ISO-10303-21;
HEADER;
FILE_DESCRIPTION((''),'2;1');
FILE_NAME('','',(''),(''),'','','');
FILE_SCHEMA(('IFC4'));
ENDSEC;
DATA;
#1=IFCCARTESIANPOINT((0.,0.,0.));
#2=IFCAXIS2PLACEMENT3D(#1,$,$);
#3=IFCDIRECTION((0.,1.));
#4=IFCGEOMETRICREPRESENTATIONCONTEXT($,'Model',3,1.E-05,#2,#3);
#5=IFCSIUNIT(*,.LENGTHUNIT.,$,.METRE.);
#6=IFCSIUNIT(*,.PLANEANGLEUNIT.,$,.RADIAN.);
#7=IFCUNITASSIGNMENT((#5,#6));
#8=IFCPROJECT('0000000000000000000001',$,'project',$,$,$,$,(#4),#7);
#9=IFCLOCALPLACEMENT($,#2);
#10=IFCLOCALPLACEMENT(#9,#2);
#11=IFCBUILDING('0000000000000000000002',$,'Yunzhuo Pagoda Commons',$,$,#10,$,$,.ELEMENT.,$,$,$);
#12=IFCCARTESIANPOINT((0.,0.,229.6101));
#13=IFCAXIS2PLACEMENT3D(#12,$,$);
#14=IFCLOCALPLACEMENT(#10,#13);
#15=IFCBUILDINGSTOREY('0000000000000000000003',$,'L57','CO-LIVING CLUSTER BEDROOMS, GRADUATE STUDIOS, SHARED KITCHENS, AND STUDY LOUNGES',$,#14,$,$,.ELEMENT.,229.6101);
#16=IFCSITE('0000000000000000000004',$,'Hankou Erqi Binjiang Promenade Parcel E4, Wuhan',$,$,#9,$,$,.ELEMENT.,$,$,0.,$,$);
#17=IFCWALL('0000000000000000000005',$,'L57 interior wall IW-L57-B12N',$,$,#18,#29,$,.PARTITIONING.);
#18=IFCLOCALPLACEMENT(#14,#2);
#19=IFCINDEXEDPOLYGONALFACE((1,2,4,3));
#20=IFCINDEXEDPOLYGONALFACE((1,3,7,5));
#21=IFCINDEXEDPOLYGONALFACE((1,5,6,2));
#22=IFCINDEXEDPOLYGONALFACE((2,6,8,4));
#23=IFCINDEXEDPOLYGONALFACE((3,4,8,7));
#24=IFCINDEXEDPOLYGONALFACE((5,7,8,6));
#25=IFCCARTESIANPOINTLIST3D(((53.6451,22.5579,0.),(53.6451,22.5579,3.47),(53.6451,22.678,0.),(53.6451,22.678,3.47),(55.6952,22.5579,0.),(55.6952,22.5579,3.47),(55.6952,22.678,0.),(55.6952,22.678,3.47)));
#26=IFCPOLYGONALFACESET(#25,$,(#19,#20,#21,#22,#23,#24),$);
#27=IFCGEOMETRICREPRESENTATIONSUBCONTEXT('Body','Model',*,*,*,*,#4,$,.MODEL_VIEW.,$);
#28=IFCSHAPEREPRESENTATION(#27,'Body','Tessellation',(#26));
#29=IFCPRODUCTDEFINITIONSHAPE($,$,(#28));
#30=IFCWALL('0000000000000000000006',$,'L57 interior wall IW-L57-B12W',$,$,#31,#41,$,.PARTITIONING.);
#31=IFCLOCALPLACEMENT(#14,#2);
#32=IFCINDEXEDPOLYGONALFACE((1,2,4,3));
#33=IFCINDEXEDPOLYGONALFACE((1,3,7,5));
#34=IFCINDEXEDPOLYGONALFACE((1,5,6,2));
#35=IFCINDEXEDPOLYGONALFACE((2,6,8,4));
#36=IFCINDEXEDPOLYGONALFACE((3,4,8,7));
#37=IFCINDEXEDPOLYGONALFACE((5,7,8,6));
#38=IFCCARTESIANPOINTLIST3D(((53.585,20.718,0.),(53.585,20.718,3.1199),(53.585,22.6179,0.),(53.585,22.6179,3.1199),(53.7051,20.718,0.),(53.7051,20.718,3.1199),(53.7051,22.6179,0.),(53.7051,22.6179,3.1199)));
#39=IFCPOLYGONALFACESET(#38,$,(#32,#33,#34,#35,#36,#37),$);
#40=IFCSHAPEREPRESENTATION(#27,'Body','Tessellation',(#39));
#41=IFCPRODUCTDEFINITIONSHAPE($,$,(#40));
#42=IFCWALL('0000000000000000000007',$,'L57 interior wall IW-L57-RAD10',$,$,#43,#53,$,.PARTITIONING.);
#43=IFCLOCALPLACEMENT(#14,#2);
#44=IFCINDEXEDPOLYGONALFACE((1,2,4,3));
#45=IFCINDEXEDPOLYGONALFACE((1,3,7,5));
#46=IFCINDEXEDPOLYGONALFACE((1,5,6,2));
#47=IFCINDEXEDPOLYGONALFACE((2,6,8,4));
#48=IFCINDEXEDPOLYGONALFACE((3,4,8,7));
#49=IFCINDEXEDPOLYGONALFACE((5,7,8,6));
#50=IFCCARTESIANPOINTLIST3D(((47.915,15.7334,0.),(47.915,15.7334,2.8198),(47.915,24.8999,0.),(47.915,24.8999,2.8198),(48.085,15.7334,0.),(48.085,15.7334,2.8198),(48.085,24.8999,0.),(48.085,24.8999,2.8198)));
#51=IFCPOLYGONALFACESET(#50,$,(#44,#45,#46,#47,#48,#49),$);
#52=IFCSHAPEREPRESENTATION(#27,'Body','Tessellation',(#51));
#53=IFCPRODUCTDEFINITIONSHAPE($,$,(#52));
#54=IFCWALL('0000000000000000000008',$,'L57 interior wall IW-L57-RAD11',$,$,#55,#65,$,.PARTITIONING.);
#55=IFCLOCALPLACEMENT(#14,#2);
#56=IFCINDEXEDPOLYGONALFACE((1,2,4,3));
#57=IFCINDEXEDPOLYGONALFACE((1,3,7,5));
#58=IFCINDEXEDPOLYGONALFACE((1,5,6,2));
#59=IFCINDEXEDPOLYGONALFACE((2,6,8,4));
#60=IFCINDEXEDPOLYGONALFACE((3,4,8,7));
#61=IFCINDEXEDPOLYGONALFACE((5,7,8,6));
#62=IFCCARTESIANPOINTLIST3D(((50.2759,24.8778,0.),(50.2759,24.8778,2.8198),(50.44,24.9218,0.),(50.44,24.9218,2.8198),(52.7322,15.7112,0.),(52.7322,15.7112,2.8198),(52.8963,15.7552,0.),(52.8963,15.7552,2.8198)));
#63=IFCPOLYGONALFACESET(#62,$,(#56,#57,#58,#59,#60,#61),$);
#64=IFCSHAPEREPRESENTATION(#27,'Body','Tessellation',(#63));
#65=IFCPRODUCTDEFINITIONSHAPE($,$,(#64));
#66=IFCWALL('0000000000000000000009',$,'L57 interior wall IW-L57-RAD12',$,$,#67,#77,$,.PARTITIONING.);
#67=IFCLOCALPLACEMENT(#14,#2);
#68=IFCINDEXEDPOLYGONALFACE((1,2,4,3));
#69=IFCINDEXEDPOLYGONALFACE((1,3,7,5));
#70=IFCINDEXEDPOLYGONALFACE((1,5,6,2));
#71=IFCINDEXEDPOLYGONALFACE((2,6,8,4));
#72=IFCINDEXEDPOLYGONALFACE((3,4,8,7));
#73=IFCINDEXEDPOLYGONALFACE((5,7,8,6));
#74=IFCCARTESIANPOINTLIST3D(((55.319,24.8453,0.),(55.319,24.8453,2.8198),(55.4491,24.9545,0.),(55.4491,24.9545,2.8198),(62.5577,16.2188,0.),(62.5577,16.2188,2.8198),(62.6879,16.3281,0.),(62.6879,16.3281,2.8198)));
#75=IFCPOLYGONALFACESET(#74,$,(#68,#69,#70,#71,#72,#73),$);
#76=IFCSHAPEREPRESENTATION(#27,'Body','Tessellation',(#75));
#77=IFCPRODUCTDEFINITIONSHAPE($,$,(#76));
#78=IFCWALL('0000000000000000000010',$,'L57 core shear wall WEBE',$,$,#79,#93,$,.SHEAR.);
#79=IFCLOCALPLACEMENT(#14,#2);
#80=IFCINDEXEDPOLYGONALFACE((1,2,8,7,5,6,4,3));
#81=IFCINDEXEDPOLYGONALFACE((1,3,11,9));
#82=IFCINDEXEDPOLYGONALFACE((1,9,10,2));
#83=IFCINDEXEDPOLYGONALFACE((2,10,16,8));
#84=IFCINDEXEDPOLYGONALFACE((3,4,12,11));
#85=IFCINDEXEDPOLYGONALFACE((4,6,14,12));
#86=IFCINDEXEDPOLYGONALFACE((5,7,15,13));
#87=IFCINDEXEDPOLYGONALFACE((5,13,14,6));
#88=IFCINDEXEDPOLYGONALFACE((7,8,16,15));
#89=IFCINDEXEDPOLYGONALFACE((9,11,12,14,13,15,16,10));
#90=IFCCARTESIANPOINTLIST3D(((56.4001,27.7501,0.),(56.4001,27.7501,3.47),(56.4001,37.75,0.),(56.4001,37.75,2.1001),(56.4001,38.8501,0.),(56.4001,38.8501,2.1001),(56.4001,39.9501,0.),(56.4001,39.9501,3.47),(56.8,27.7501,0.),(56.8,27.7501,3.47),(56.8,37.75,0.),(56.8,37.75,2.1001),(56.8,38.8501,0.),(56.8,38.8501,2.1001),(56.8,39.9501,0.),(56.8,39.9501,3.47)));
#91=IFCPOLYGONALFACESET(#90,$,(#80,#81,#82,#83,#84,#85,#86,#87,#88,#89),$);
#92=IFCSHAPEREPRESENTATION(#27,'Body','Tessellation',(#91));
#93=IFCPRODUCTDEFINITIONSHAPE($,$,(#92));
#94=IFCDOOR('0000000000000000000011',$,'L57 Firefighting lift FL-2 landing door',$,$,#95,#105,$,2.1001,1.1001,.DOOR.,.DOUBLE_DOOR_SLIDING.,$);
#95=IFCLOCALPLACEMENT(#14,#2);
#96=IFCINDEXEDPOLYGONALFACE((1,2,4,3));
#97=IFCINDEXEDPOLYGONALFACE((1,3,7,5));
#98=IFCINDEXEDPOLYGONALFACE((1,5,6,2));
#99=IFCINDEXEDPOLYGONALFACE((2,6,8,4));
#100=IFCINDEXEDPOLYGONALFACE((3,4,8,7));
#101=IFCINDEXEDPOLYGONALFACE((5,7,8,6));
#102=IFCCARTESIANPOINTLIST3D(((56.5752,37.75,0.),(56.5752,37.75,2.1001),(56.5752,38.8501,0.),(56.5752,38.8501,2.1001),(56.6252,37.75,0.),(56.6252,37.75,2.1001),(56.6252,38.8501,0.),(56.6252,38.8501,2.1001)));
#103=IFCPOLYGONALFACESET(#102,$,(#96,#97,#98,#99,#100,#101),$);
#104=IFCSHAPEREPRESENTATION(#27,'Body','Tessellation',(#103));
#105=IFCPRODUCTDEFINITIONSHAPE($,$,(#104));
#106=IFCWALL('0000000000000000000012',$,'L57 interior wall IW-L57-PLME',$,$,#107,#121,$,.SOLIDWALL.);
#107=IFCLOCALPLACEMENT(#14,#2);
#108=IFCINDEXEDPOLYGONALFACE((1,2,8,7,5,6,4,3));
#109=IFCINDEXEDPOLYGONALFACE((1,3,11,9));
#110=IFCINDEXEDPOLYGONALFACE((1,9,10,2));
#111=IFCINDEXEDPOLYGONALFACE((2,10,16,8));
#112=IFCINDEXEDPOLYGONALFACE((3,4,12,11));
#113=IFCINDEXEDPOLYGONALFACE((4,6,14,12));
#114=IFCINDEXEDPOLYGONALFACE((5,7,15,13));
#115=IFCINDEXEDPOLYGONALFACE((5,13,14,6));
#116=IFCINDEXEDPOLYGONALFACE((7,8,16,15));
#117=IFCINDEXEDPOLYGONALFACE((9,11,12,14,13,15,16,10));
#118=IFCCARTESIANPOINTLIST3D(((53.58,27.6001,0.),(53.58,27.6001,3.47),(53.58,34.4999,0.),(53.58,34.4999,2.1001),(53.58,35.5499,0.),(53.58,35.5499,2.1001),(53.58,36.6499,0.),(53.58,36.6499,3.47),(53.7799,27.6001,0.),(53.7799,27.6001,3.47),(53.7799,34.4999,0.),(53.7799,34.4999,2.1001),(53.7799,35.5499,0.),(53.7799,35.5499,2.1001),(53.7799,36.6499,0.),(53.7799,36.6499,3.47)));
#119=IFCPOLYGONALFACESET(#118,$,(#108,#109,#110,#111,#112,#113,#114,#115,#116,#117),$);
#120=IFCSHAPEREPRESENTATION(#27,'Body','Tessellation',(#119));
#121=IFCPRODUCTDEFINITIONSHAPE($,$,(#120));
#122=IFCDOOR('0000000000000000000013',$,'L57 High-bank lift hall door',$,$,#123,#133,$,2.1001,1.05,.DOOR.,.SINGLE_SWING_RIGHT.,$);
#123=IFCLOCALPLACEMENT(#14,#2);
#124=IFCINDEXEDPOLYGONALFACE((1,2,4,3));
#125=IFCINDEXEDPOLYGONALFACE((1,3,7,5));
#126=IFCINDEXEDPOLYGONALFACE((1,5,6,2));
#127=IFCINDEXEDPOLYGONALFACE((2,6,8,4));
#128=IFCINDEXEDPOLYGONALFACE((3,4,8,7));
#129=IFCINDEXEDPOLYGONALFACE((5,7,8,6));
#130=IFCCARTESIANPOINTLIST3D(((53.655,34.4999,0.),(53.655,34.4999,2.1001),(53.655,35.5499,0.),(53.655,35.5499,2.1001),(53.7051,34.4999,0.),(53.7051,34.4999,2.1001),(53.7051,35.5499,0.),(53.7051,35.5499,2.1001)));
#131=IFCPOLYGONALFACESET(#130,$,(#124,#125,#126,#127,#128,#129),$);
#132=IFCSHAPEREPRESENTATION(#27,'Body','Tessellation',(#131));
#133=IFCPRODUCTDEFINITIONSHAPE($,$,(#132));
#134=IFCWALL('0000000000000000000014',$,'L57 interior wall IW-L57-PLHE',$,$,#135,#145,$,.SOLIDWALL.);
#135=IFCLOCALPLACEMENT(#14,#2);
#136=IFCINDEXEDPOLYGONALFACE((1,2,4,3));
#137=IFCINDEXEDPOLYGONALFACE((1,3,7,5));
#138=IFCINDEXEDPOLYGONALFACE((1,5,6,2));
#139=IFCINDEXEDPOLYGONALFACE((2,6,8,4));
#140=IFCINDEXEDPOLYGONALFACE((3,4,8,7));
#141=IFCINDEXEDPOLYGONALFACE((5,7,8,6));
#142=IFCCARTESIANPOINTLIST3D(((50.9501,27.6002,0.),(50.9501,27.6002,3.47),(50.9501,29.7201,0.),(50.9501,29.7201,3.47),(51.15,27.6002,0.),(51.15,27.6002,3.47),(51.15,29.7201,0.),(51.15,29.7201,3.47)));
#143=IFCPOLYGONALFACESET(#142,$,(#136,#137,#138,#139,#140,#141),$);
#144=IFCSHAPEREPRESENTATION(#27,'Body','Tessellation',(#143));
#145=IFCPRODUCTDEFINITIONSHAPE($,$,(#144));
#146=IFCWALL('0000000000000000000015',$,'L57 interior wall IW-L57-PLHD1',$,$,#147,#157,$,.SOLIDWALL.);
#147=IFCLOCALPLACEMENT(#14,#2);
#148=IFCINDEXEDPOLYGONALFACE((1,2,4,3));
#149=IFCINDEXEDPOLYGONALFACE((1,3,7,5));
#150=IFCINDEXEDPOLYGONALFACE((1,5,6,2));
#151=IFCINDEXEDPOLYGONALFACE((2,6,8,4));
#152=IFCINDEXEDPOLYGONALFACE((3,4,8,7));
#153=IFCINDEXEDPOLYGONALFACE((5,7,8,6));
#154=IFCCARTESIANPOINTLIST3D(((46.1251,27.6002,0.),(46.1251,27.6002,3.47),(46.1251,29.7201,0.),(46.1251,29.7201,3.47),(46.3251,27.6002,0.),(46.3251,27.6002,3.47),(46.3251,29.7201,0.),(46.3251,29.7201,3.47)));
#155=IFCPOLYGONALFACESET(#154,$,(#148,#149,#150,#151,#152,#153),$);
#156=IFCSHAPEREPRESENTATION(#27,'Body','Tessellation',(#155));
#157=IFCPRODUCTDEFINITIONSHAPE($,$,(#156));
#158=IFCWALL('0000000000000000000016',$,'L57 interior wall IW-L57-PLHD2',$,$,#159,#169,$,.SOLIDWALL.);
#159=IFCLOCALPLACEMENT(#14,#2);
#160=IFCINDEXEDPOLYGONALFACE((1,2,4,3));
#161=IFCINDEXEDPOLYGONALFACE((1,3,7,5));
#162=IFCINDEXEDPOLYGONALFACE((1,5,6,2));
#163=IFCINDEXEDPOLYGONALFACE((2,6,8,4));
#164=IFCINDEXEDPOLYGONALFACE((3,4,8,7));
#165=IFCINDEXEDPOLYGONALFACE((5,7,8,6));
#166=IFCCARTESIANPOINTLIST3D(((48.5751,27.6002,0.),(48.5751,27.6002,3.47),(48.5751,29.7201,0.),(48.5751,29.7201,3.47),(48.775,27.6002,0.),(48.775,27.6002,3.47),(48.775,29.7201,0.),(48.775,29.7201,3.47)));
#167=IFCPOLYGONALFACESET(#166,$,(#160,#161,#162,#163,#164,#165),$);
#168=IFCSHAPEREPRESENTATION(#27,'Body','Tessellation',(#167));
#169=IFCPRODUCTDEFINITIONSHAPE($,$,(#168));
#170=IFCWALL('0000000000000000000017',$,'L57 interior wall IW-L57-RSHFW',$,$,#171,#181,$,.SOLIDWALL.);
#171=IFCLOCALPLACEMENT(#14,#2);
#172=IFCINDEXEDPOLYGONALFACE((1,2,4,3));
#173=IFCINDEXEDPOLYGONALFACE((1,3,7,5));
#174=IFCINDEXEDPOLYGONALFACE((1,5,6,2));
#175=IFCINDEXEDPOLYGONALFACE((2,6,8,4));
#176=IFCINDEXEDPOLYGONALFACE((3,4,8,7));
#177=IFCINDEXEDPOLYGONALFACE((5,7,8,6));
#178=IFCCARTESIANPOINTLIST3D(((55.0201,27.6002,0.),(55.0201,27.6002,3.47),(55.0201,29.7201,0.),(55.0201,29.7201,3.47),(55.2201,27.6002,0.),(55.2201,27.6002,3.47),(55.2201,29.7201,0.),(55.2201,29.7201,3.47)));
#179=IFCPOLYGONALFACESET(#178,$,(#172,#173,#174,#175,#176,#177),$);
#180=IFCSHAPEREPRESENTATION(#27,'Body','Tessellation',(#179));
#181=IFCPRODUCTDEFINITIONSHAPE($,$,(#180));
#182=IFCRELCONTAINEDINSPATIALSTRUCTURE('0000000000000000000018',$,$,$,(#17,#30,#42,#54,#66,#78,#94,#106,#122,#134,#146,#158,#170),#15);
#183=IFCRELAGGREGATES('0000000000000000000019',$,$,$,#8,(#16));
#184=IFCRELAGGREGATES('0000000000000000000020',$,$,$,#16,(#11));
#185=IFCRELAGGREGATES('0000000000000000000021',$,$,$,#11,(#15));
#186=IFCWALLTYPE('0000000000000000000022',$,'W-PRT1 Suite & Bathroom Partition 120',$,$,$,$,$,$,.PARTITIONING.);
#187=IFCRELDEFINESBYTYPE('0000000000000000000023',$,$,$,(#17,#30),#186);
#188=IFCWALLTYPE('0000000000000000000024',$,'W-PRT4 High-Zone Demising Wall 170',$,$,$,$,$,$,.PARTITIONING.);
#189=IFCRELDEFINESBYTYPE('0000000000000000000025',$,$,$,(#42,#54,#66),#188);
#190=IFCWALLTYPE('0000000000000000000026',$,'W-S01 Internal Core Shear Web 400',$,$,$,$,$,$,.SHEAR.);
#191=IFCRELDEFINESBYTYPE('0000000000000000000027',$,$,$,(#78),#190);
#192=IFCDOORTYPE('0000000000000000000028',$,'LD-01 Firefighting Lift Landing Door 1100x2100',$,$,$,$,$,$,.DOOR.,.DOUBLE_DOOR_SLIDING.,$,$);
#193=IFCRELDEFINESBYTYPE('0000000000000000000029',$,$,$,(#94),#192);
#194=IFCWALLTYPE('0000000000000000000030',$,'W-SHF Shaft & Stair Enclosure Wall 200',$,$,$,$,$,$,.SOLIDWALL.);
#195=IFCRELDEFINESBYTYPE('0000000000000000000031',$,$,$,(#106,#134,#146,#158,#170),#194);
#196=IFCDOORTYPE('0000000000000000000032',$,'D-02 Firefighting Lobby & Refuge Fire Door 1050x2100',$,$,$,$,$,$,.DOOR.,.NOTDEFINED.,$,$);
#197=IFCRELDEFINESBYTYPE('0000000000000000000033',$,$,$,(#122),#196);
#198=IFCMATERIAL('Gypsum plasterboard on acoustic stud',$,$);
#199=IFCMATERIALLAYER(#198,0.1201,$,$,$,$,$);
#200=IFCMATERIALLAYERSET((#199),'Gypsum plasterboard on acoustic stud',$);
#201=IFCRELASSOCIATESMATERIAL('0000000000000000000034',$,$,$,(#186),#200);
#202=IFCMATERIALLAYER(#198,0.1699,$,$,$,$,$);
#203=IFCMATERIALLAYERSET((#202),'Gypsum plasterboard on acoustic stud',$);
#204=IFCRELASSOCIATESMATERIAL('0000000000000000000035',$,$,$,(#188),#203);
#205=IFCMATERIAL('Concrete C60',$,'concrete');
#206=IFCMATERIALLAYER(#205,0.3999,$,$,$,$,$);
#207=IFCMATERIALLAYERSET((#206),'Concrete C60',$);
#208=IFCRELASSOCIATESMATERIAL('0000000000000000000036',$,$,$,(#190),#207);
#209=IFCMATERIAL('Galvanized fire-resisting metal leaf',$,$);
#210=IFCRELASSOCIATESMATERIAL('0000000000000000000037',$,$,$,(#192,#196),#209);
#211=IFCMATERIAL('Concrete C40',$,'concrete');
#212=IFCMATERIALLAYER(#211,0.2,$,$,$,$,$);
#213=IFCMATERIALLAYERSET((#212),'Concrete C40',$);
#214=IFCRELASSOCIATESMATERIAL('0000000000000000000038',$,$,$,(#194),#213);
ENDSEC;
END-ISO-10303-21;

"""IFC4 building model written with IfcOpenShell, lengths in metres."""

from ifc_helpers import new_model, si_unit, direction, frame, frame_2d, origin, origin_with_axes, place, context, subcontext, project, spatial, rectangle, extrude, source, transform, mapped, material, layer, layer_set, type_object, element, fill, save


model = new_model("IFC4")

# Units and contexts
model_context = context("Model", 3, precision=1e-05, world=origin(), true_north=direction((0.0, 1.0)))
body_context = subcontext(model_context, "Body", "Model", "MODEL_VIEW")
ifc_project = project(units=[si_unit("LENGTHUNIT", "METRE"), si_unit("PLANEANGLEUNIT", "RADIAN")], contexts=[model_context])

# Site, building, storey
site_placement = place(None, origin())
site = spatial("IfcSite", under=ifc_project, at=site_placement, Name="Hankou Erqi Binjiang Promenade Parcel E4, Wuhan", CompositionType="ELEMENT", RefElevation=0.0)
building_placement = place(site_placement, origin())
building = spatial("IfcBuilding", under=site, at=building_placement, Name="Yunzhuo Pagoda Commons", CompositionType="ELEMENT")
storey_placement = place(building_placement, frame((0.0, 0.0, 229.6101)))
storey = spatial("IfcBuildingStorey", under=building, at=storey_placement, Name="L57", Description="CO-LIVING CLUSTER BEDROOMS, GRADUATE STUDIOS, SHARED KITCHENS, AND STUDY LOUNGES", CompositionType="ELEMENT", Elevation=229.6101)

# Shared definitions
ifc_material_1 = material(Name="Gypsum plasterboard on acoustic stud")

# Shared definitions
ifc_material_2 = material(Name="Galvanized fire-resisting metal leaf")

# Walls
ifc_layer_1 = layer(ifc_material_1, 0.1201)
ifc_layer_set_1 = layer_set([ifc_layer_1], Name="Gypsum plasterboard on acoustic stud")
wall_type_1 = type_object("IfcWallType", Name="W-PRT1 Suite & Bathroom Partition 120", PredefinedType="PARTITIONING", material=ifc_layer_set_1)
wall_1_placement = place(storey_placement, frame((55.6951, 22.6179, 0.0), z_axis=(0.0, 0.0, 1.0), x_axis=(-1.0, 0.0, 0.0)))
element("IfcWall", 1, at=wall_1_placement, inside=storey, type_object=wall_type_1, Name="L57 interior wall IW-L57-B12N", PredefinedType="PARTITIONING", context=body_context, shape_type="SweptSolid", body=[
    extrude(rectangle(XDim=2.05, YDim=0.1201, at=frame_2d((1.0249, 0.0))), origin(), (0.0, 0.0, 1.0), 3.47),
])
wall_2_placement = place(storey_placement, frame((53.645, 22.6179, 0.0), z_axis=(0.0, 0.0, 1.0), x_axis=(0.0, -1.0, 0.0)))
element("IfcWall", 2, at=wall_2_placement, inside=storey, type_object=wall_type_1, Name="L57 interior wall IW-L57-B12W", PredefinedType="PARTITIONING", context=body_context, shape_type="SweptSolid", body=[
    extrude(rectangle(XDim=1.8999, YDim=0.1201, at=frame_2d((0.95, 0.0))), origin(), (0.0, 0.0, 1.0), 3.1199),
])
ifc_layer_2 = layer(ifc_material_1, 0.1699)
ifc_layer_set_2 = layer_set([ifc_layer_2], Name="Gypsum plasterboard on acoustic stud")
wall_type_2 = type_object("IfcWallType", Name="W-PRT4 High-Zone Demising Wall 170", PredefinedType="PARTITIONING", material=ifc_layer_set_2)
wall_3_placement = place(storey_placement, frame((48.0, 24.8999, 0.0), z_axis=(0.0, 0.0, 1.0), x_axis=(0.0, -1.0, 0.0)))
element("IfcWall", 3, at=wall_3_placement, inside=storey, type_object=wall_type_2, Name="L57 interior wall IW-L57-RAD10", PredefinedType="PARTITIONING", context=body_context, shape_type="SweptSolid", body=[
    extrude(rectangle(XDim=9.1665, YDim=0.1699, at=frame_2d((4.5833, 0.0))), origin(), (0.0, 0.0, 1.0), 2.8198),
])
wall_4_placement = place(storey_placement, frame((50.3579, 24.8999, 0.0), z_axis=(0.0, 0.0, 1.0), x_axis=(0.258833, -0.965922, 0.0)))
element("IfcWall", 4, at=wall_4_placement, inside=storey, type_object=wall_type_2, Name="L57 interior wall IW-L57-RAD11", PredefinedType="PARTITIONING", context=body_context, shape_type="SweptSolid", body=[
    extrude(rectangle(XDim=9.49, YDim=0.1699, at=frame_2d((4.7451, 0.0))), origin(), (0.0, 0.0, 1.0), 2.8198),
])
wall_5_placement = place(storey_placement, frame((55.384, 24.8999, 0.0), z_axis=(0.0, 0.0, 1.0), x_axis=(0.642804, -0.766031, 0.0)))
element("IfcWall", 5, at=wall_5_placement, inside=storey, type_object=wall_type_2, Name="L57 interior wall IW-L57-RAD12", PredefinedType="PARTITIONING", context=body_context, shape_type="SweptSolid", body=[
    extrude(rectangle(XDim=11.2612, YDim=0.1699, at=frame_2d((5.6306, 0.0))), origin(), (0.0, 0.0, 1.0), 2.8198),
])

# Walls, openings, doors
ifc_material_3 = material(Name="Concrete C60", Category="concrete")
ifc_layer_3 = layer(ifc_material_3, 0.3999)
ifc_layer_set_3 = layer_set([ifc_layer_3], Name="Concrete C60")
wall_type_3 = type_object("IfcWallType", Name="W-S01 Internal Core Shear Web 400", PredefinedType="SHEAR", material=ifc_layer_set_3)
wall_6_placement = place(storey_placement, frame((56.6001, 27.75, 0.0), z_axis=(0.0, 0.0, 1.0), x_axis=(0.0, 1.0, 0.0)))
wall_6 = element("IfcWall", 6, at=wall_6_placement, inside=storey, type_object=wall_type_3, Name="L57 core shear wall WEBE", PredefinedType="SHEAR", context=body_context, shape_type="SweptSolid", body=[
    extrude(rectangle(XDim=12.2, YDim=0.3999, at=frame_2d((6.1001, 0.0))), origin(), (0.0, 0.0, 1.0), 3.47),
])
opening_1_placement = place(wall_6_placement, frame((10.0, 0.0, 0.0)))
opening_1 = element("IfcOpeningElement", 7, at=opening_1_placement, cuts=wall_6, PredefinedType="OPENING", context=body_context, shape_type="SweptSolid", body=[
    extrude(rectangle(XDim=1.1001, YDim=2.1001, at=frame_2d((0.55, 1.05))), frame((0.0, 0.21, 0.0), z_axis=(0.0, -1.0, 0.0), x_axis=(1.0, 0.0, 0.0)), (0.0, 0.0, 1.0), 0.4199),
])
door_type_1 = type_object("IfcDoorType", Name="LD-01 Firefighting Lift Landing Door 1100x2100", OperationType="DOUBLE_DOOR_SLIDING", PredefinedType="DOOR", material=ifc_material_2)
shared_shape_1 = source(origin(), body_context, "Body", "SweptSolid", [
    extrude(rectangle(XDim=1.1001, YDim=2.1001, at=frame_2d((0.55, 1.05))), frame((0.0, 0.0249, 0.0), z_axis=(0.0, -1.0, 0.0), x_axis=(1.0, 0.0, 0.0)), (0.0, 0.0, 1.0), 0.05),
])
door_1_placement = place(opening_1_placement, origin_with_axes())
door_1 = element("IfcDoor", 8, at=door_1_placement, inside=storey, type_object=door_type_1, Name="L57 Firefighting lift FL-2 landing door", OperationType="DOUBLE_DOOR_SLIDING", OverallHeight=2.1001, OverallWidth=1.1001, PredefinedType="DOOR", context=body_context, shape_type="MappedRepresentation", body=[
    mapped(shared_shape_1, transform((0.0, 0.0, 0.0), scale=1.0)),
])
fill(opening_1, door_1)
ifc_material_4 = material(Name="Concrete C40", Category="concrete")
ifc_layer_4 = layer(ifc_material_4, 0.2)
ifc_layer_set_4 = layer_set([ifc_layer_4], Name="Concrete C40")
wall_type_4 = type_object("IfcWallType", Name="W-SHF Shaft & Stair Enclosure Wall 200", PredefinedType="SOLIDWALL", material=ifc_layer_set_4)
wall_7_placement = place(storey_placement, frame((53.6799, 27.6001, 0.0), z_axis=(0.0, 0.0, 1.0), x_axis=(0.0, 1.0, 0.0)))
wall_7 = element("IfcWall", 9, at=wall_7_placement, inside=storey, type_object=wall_type_4, Name="L57 interior wall IW-L57-PLME", PredefinedType="SOLIDWALL", context=body_context, shape_type="SweptSolid", body=[
    extrude(rectangle(XDim=9.0498, YDim=0.2, at=frame_2d((4.5249, 0.0))), origin(), (0.0, 0.0, 1.0), 3.47),
])
opening_2_placement = place(wall_7_placement, frame((6.8999, 0.0, 0.0)))
opening_2 = element("IfcOpeningElement", 10, at=opening_2_placement, cuts=wall_7, PredefinedType="OPENING", context=body_context, shape_type="SweptSolid", body=[
    extrude(rectangle(XDim=1.05, YDim=2.1001, at=frame_2d((0.5249, 1.05))), frame((0.0, 0.1099, 0.0), z_axis=(0.0, -1.0, 0.0), x_axis=(1.0, 0.0, 0.0)), (0.0, 0.0, 1.0), 0.22),
])
door_type_2 = type_object("IfcDoorType", Name="D-02 Firefighting Lobby & Refuge Fire Door 1050x2100", OperationType="NOTDEFINED", PredefinedType="DOOR", material=ifc_material_2)
shared_shape_2 = source(origin(), body_context, "Body", "SweptSolid", [
    extrude(rectangle(XDim=1.05, YDim=2.1001, at=frame_2d((0.5249, 1.05))), frame((0.0, 0.0249, 0.0), z_axis=(0.0, -1.0, 0.0), x_axis=(1.0, 0.0, 0.0)), (0.0, 0.0, 1.0), 0.05),
])
door_2_placement = place(opening_2_placement, origin_with_axes())
door_2 = element("IfcDoor", 11, at=door_2_placement, inside=storey, type_object=door_type_2, Name="L57 High-bank lift hall door", OperationType="SINGLE_SWING_RIGHT", OverallHeight=2.1001, OverallWidth=1.05, PredefinedType="DOOR", context=body_context, shape_type="MappedRepresentation", body=[
    mapped(shared_shape_2, transform((0.0, 0.0, 0.0), scale=1.0)),
])
fill(opening_2, door_2)

# Walls
for number, where, z_axis, x_axis, name in (
    (12, (51.05, 27.6001, 0.0), (0.0, 0.0, 1.0), (0.0, 1.0, 0.0), "L57 interior wall IW-L57-PLHE"),
    (13, (46.2251, 27.6001, 0.0), (0.0, 0.0, 1.0), (0.0, 1.0, 0.0), "L57 interior wall IW-L57-PLHD1"),
    (14, (48.675, 27.6001, 0.0), (0.0, 0.0, 1.0), (0.0, 1.0, 0.0), "L57 interior wall IW-L57-PLHD2"),
    (15, (55.1201, 27.6001, 0.0), (0.0, 0.0, 1.0), (0.0, 1.0, 0.0), "L57 interior wall IW-L57-RSHFW"),
):
    element("IfcWall", number, at=place(storey_placement, frame(where, z_axis=z_axis, x_axis=x_axis)), inside=storey, type_object=wall_type_4, Name=name, PredefinedType="SOLIDWALL", context=body_context, shape_type="SweptSolid", body=[
        extrude(rectangle(XDim=2.1199, YDim=0.2, at=frame_2d((1.0601, 0.0))), origin(), (0.0, 0.0, 1.0), 3.47),
    ])

save(model, "model.ifc")
